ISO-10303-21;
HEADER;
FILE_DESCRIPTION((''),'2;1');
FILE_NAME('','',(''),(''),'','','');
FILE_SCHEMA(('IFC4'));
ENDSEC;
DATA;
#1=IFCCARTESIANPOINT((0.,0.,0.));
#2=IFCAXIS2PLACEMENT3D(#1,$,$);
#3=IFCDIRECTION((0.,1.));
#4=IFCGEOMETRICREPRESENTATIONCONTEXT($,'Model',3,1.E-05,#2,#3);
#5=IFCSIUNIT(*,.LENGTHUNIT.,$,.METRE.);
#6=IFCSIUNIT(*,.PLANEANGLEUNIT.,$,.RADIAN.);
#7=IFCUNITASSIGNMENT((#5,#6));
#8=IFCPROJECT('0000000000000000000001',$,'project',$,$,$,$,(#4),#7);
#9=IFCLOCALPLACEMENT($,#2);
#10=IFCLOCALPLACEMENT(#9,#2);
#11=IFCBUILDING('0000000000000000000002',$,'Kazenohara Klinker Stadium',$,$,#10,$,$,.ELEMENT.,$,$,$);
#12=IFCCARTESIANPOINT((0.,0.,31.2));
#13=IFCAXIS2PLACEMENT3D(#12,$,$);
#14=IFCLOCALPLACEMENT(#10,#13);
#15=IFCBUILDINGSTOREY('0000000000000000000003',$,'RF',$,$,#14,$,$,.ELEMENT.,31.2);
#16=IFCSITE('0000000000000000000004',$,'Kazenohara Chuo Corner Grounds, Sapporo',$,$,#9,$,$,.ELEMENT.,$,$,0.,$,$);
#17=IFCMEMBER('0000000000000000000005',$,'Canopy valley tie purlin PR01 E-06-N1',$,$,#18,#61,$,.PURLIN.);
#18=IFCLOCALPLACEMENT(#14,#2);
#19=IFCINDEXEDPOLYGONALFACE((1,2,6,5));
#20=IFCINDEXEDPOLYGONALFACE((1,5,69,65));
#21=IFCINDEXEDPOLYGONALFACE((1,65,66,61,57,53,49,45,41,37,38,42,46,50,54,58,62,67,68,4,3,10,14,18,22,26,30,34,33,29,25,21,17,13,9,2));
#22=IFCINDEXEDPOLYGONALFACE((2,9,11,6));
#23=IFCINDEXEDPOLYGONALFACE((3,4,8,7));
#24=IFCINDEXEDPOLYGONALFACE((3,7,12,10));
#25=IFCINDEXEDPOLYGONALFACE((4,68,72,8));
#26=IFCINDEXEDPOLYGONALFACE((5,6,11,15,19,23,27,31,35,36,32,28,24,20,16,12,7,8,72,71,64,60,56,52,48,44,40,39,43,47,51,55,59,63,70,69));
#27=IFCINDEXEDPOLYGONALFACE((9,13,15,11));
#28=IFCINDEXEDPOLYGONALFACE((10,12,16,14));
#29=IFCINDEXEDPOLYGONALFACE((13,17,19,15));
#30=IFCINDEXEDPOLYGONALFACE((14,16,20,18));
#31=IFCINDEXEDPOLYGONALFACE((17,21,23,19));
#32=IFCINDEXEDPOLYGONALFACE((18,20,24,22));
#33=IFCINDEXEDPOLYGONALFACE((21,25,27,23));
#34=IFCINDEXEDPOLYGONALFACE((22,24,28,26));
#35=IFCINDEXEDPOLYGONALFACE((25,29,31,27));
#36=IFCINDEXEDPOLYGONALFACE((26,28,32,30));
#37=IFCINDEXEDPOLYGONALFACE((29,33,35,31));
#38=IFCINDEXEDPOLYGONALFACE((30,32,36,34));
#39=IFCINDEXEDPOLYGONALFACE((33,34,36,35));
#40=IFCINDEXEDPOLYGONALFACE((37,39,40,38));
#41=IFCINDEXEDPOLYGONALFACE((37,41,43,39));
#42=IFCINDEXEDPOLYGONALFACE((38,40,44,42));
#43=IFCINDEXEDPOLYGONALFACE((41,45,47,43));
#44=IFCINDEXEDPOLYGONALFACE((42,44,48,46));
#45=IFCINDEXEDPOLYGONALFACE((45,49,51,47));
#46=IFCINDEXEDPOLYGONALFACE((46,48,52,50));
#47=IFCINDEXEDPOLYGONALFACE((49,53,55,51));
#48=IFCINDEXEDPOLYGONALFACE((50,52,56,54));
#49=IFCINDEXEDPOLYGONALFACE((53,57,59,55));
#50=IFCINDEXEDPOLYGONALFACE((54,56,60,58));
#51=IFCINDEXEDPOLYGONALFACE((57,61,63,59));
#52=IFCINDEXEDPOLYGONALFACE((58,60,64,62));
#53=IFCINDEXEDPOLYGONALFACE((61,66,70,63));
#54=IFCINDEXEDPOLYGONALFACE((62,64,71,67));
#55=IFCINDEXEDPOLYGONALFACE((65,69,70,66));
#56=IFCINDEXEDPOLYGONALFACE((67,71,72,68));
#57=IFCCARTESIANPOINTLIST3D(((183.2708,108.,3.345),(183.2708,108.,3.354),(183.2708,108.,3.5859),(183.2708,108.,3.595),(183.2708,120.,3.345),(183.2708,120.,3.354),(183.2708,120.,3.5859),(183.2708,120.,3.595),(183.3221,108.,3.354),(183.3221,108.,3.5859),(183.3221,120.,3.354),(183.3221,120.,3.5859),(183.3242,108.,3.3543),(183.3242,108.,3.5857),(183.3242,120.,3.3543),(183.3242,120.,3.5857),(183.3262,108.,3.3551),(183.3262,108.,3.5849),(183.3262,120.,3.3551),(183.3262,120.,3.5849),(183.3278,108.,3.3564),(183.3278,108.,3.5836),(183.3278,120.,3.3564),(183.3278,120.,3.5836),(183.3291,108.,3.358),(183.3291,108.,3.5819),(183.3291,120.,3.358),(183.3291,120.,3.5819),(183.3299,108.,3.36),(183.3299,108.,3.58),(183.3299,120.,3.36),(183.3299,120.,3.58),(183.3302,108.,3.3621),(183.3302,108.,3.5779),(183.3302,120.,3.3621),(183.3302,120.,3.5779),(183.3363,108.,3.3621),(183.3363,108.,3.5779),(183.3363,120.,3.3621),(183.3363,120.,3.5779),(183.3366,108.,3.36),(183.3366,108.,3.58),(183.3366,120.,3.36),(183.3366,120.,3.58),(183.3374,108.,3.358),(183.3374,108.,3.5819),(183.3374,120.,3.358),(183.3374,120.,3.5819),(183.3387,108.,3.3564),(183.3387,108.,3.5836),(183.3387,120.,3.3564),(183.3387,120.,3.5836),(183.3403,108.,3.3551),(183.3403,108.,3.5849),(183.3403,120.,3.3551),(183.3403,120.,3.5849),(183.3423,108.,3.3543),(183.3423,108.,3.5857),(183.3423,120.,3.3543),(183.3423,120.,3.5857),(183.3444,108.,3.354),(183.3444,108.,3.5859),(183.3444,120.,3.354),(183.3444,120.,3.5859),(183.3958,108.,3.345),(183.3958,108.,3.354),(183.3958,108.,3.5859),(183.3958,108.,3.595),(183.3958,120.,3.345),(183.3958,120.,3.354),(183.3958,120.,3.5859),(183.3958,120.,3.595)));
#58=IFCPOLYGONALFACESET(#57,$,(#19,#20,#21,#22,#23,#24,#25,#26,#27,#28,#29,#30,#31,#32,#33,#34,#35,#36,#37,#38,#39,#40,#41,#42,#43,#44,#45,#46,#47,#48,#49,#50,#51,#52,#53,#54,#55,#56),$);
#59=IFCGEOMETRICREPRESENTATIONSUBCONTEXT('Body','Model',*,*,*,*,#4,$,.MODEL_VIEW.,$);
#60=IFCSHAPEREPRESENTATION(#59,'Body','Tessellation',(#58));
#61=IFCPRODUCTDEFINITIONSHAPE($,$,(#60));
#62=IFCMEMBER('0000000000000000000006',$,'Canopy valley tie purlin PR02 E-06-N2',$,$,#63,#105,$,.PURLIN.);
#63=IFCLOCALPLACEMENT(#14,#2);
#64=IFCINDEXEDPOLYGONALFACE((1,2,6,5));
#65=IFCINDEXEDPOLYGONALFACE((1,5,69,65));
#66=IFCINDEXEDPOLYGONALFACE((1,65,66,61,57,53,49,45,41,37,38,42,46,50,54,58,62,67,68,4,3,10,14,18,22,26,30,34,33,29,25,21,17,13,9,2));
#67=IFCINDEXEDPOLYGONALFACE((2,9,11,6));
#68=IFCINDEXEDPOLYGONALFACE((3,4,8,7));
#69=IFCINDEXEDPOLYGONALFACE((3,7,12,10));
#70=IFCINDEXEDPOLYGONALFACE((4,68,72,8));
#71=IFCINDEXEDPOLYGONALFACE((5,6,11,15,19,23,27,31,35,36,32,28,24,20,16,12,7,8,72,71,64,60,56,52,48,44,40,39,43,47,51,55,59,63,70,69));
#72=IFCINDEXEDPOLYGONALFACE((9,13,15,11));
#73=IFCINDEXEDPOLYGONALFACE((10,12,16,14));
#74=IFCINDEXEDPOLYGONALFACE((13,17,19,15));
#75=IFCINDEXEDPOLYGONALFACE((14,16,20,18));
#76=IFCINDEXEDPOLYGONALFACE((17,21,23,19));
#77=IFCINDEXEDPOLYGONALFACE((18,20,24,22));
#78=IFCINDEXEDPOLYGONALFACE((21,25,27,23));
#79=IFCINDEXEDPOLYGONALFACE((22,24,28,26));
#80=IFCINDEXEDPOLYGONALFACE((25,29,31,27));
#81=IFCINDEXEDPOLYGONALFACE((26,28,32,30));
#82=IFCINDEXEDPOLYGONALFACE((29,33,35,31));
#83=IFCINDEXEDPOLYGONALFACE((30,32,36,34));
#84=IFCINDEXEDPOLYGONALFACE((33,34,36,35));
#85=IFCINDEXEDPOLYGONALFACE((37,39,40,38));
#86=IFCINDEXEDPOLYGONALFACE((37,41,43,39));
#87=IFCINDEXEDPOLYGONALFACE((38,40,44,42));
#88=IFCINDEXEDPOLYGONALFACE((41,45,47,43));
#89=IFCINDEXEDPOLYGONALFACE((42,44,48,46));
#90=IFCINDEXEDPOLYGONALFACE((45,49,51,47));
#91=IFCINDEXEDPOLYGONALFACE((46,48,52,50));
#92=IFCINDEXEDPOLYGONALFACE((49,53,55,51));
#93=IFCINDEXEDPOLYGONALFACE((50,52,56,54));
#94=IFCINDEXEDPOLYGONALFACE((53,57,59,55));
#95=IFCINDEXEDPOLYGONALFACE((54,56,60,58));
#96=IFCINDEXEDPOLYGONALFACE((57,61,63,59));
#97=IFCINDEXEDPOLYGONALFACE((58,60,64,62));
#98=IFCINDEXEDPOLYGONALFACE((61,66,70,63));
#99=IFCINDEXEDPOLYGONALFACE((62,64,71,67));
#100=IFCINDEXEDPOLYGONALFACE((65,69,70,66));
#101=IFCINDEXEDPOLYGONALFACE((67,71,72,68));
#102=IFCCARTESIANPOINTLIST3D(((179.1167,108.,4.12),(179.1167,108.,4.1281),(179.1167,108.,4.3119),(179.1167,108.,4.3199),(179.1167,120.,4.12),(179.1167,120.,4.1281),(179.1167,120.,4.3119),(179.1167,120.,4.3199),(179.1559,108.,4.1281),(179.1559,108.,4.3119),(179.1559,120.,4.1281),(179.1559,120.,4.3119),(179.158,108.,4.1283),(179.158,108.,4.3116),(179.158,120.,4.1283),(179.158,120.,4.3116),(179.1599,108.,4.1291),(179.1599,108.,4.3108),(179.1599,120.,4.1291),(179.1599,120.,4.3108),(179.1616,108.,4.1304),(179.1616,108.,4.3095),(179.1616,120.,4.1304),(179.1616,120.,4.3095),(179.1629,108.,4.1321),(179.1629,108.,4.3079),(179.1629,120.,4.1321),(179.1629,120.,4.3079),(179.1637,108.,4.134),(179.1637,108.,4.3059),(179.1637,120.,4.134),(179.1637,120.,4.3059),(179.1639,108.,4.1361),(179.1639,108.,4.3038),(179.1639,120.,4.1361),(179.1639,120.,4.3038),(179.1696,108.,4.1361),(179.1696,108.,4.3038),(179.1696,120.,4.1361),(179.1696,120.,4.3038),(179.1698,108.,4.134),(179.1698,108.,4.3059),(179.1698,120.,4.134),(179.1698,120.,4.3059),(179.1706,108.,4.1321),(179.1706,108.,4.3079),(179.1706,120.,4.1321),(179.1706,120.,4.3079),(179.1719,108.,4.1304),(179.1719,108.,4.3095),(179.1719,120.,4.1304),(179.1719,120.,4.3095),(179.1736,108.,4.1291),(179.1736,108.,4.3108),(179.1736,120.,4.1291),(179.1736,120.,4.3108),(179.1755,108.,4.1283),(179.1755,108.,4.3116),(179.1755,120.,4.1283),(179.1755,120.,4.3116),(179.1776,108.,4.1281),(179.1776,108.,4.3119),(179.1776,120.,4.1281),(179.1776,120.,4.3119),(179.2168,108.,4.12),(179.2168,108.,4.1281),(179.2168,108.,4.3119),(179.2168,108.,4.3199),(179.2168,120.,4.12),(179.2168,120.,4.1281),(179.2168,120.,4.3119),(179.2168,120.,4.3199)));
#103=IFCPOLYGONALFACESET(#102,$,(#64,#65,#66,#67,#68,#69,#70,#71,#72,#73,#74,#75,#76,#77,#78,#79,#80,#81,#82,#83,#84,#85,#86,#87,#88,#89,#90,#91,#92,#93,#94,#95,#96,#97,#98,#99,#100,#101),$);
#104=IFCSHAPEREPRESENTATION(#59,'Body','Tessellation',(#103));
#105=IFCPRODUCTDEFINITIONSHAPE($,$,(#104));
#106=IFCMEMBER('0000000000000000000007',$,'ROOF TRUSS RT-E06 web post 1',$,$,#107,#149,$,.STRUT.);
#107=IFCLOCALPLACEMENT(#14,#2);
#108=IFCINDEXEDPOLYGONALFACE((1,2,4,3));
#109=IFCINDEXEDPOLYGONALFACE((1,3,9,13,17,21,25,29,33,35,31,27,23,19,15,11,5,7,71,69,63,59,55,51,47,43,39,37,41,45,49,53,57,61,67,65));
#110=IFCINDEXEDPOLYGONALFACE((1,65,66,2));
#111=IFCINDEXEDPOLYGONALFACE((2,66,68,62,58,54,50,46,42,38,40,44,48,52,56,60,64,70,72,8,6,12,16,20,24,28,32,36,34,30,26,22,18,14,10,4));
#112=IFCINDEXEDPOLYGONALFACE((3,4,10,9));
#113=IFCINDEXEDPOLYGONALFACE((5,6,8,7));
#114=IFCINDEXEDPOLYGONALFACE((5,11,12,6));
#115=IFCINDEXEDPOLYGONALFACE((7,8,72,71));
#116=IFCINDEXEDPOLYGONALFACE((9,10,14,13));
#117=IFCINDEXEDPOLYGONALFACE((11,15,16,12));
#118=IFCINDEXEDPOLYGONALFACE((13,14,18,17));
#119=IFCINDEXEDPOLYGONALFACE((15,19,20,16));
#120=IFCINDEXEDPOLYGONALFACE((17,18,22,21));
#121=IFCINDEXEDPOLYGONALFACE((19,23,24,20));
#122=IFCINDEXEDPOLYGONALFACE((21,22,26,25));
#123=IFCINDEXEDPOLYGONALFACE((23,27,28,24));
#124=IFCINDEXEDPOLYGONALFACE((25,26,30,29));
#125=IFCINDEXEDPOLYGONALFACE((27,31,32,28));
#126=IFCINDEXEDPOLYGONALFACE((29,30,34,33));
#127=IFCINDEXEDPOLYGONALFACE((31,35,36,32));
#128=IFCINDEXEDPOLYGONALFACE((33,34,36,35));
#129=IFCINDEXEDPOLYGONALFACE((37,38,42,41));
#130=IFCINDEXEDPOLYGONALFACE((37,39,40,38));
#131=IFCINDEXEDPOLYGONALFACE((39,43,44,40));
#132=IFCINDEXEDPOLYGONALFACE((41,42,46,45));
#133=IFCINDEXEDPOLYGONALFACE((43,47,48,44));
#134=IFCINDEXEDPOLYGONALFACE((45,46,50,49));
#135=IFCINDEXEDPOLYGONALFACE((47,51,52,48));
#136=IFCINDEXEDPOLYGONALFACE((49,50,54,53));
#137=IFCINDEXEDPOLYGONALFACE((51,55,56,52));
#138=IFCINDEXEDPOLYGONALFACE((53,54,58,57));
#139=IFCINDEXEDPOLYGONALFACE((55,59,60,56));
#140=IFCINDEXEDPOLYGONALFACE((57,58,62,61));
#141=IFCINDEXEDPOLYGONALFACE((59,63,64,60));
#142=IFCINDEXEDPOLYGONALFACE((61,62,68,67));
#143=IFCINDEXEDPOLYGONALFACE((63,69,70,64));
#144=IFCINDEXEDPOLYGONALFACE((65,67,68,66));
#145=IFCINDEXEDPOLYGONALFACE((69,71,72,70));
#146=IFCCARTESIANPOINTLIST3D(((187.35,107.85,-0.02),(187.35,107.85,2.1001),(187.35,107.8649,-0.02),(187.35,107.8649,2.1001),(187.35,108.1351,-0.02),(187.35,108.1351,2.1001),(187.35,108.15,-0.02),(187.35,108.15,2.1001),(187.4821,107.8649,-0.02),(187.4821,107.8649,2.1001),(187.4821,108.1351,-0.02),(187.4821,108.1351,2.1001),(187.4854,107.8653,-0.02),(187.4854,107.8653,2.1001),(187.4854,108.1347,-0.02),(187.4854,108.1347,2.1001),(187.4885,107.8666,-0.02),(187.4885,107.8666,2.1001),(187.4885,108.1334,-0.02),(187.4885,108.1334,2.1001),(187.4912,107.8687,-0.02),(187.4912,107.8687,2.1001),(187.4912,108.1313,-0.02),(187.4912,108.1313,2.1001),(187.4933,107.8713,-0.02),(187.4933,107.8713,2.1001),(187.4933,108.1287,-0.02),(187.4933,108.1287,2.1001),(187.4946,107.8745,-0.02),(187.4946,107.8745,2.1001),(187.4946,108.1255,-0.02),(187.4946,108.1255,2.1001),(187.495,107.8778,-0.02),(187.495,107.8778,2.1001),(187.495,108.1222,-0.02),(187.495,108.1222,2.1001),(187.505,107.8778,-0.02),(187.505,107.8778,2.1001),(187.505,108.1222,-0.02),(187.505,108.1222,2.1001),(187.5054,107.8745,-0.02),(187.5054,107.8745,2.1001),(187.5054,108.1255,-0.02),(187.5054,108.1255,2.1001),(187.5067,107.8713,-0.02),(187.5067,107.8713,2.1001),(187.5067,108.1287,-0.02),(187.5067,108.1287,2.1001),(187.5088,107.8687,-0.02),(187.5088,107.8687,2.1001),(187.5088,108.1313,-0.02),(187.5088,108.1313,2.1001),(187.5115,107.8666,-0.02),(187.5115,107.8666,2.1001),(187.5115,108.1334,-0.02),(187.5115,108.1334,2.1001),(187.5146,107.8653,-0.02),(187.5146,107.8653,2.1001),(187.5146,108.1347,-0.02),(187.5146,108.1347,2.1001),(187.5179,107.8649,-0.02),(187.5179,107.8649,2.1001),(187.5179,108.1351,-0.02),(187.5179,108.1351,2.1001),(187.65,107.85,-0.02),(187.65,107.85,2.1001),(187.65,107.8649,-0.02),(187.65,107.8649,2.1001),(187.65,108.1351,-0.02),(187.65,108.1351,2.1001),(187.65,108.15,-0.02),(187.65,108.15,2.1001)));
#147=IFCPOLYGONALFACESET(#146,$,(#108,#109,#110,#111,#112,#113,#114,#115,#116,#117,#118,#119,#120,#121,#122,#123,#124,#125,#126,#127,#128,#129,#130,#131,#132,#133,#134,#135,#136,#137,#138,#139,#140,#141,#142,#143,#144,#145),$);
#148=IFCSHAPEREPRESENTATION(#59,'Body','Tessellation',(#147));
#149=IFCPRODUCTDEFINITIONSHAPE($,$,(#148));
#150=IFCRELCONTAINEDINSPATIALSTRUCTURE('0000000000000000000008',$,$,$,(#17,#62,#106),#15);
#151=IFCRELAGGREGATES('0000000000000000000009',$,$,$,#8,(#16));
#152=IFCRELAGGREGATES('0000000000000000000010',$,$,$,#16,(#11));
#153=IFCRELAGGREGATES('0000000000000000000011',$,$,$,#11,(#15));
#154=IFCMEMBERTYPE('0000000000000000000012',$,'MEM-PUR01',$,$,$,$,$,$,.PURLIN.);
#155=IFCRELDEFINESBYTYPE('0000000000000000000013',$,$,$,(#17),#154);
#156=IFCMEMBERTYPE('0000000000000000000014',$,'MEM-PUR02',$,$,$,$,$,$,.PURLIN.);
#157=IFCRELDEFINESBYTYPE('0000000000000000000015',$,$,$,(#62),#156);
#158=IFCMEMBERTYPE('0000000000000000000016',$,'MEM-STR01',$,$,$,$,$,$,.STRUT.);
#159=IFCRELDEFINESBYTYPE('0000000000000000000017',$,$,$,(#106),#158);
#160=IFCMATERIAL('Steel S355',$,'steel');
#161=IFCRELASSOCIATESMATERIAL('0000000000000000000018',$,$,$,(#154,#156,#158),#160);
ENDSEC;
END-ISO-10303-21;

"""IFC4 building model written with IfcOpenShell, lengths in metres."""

from ifc_helpers import new_model, si_unit, direction, frame, origin, origin_2d, place, context, subcontext, project, spatial, i_section, extrude, material, material_profile, profile_set, type_object, element, save


model = new_model("IFC4")

# Units and contexts
model_context = context("Model", 3, precision=1e-05, world=origin(), true_north=direction((0.0, 1.0)))
body_context = subcontext(model_context, "Body", "Model", "MODEL_VIEW")
ifc_project = project(units=[si_unit("LENGTHUNIT", "METRE"), si_unit("PLANEANGLEUNIT", "RADIAN")], contexts=[model_context])

# Site, building, storey
site_placement = place(None, origin())
site = spatial("IfcSite", under=ifc_project, at=site_placement, Name="Kazenohara Chuo Corner Grounds, Sapporo", CompositionType="ELEMENT", RefElevation=0.0)
building_placement = place(site_placement, origin())
building = spatial("IfcBuilding", under=site, at=building_placement, Name="Kazenohara Klinker Stadium", CompositionType="ELEMENT")
storey_placement = place(building_placement, frame((0.0, 0.0, 31.2)))
storey = spatial("IfcBuildingStorey", under=building, at=storey_placement, Name="RF", CompositionType="ELEMENT", Elevation=31.2)

# Members
ifc_material_1 = material(Name="Steel S355", Category="steel")
ifc_material_profile_1 = material_profile(ifc_material_1, i_section(OverallWidth=0.125, OverallDepth=0.25, WebThickness=0.0061, FlangeThickness=0.009, FilletRadius=0.0081, at=origin_2d()), Name="H-250x125x6x9")
ifc_profile_set_1 = profile_set([ifc_material_profile_1], Name="Steel S355")
member_type_1 = type_object("IfcMemberType", Name="MEM-PUR01", PredefinedType="PURLIN", material=ifc_profile_set_1)
member_1_placement = place(storey_placement, frame((183.3333, 108.0, 3.47), z_axis=(0.0, 1.0, 0.0), x_axis=(-1.0, 0.0, 0.0)))
element("IfcMember", 1, at=member_1_placement, inside=storey, type_object=member_type_1, Name="Canopy valley tie purlin PR01 E-06-N1", PredefinedType="PURLIN", context=body_context, shape_type="SweptSolid", body=[
    extrude(i_section(OverallWidth=0.125, OverallDepth=0.25, WebThickness=0.0061, FlangeThickness=0.009, FilletRadius=0.0081, at=origin_2d()), origin(), (0.0, 0.0, 1.0), 12.0),
])
ifc_material_profile_2 = material_profile(ifc_material_1, i_section(OverallWidth=0.1001, OverallDepth=0.2, WebThickness=0.0056, FlangeThickness=0.0081, FilletRadius=0.0081, at=origin_2d()), Name="H-200x100x5.5x8")
ifc_profile_set_2 = profile_set([ifc_material_profile_2], Name="Steel S355")
member_type_2 = type_object("IfcMemberType", Name="MEM-PUR02", PredefinedType="PURLIN", material=ifc_profile_set_2)
member_2_placement = place(storey_placement, frame((179.1667, 108.0, 4.22), z_axis=(0.0, 1.0, 0.0), x_axis=(-1.0, 0.0, 0.0)))
element("IfcMember", 2, at=member_2_placement, inside=storey, type_object=member_type_2, Name="Canopy valley tie purlin PR02 E-06-N2", PredefinedType="PURLIN", context=body_context, shape_type="SweptSolid", body=[
    extrude(i_section(OverallWidth=0.1001, OverallDepth=0.2, WebThickness=0.0056, FlangeThickness=0.0081, FilletRadius=0.0081, at=origin_2d()), origin(), (0.0, 0.0, 1.0), 12.0),
])
ifc_material_profile_3 = material_profile(ifc_material_1, i_section(OverallWidth=0.3, OverallDepth=0.3, WebThickness=0.01, FlangeThickness=0.0149, FilletRadius=0.0129, at=origin_2d()), Name="H-300x300x10x15")
ifc_profile_set_3 = profile_set([ifc_material_profile_3], Name="Steel S355")
member_type_3 = type_object("IfcMemberType", Name="MEM-STR01", PredefinedType="STRUT", material=ifc_profile_set_3)
member_3_placement = place(storey_placement, frame((187.5, 108.0, -0.02), z_axis=(0.0, 0.0, 1.0), x_axis=(1.0, 0.0, 0.0)))
element("IfcMember", 3, at=member_3_placement, inside=storey, type_object=member_type_3, Name="ROOF TRUSS RT-E06 web post 1", PredefinedType="STRUT", context=body_context, shape_type="SweptSolid", body=[
    extrude(i_section(OverallWidth=0.3, OverallDepth=0.3, WebThickness=0.01, FlangeThickness=0.0149, FilletRadius=0.0129, at=origin_2d()), origin(), (0.0, 0.0, 1.0), 2.1201),
])

save(model, "model.ifc")
